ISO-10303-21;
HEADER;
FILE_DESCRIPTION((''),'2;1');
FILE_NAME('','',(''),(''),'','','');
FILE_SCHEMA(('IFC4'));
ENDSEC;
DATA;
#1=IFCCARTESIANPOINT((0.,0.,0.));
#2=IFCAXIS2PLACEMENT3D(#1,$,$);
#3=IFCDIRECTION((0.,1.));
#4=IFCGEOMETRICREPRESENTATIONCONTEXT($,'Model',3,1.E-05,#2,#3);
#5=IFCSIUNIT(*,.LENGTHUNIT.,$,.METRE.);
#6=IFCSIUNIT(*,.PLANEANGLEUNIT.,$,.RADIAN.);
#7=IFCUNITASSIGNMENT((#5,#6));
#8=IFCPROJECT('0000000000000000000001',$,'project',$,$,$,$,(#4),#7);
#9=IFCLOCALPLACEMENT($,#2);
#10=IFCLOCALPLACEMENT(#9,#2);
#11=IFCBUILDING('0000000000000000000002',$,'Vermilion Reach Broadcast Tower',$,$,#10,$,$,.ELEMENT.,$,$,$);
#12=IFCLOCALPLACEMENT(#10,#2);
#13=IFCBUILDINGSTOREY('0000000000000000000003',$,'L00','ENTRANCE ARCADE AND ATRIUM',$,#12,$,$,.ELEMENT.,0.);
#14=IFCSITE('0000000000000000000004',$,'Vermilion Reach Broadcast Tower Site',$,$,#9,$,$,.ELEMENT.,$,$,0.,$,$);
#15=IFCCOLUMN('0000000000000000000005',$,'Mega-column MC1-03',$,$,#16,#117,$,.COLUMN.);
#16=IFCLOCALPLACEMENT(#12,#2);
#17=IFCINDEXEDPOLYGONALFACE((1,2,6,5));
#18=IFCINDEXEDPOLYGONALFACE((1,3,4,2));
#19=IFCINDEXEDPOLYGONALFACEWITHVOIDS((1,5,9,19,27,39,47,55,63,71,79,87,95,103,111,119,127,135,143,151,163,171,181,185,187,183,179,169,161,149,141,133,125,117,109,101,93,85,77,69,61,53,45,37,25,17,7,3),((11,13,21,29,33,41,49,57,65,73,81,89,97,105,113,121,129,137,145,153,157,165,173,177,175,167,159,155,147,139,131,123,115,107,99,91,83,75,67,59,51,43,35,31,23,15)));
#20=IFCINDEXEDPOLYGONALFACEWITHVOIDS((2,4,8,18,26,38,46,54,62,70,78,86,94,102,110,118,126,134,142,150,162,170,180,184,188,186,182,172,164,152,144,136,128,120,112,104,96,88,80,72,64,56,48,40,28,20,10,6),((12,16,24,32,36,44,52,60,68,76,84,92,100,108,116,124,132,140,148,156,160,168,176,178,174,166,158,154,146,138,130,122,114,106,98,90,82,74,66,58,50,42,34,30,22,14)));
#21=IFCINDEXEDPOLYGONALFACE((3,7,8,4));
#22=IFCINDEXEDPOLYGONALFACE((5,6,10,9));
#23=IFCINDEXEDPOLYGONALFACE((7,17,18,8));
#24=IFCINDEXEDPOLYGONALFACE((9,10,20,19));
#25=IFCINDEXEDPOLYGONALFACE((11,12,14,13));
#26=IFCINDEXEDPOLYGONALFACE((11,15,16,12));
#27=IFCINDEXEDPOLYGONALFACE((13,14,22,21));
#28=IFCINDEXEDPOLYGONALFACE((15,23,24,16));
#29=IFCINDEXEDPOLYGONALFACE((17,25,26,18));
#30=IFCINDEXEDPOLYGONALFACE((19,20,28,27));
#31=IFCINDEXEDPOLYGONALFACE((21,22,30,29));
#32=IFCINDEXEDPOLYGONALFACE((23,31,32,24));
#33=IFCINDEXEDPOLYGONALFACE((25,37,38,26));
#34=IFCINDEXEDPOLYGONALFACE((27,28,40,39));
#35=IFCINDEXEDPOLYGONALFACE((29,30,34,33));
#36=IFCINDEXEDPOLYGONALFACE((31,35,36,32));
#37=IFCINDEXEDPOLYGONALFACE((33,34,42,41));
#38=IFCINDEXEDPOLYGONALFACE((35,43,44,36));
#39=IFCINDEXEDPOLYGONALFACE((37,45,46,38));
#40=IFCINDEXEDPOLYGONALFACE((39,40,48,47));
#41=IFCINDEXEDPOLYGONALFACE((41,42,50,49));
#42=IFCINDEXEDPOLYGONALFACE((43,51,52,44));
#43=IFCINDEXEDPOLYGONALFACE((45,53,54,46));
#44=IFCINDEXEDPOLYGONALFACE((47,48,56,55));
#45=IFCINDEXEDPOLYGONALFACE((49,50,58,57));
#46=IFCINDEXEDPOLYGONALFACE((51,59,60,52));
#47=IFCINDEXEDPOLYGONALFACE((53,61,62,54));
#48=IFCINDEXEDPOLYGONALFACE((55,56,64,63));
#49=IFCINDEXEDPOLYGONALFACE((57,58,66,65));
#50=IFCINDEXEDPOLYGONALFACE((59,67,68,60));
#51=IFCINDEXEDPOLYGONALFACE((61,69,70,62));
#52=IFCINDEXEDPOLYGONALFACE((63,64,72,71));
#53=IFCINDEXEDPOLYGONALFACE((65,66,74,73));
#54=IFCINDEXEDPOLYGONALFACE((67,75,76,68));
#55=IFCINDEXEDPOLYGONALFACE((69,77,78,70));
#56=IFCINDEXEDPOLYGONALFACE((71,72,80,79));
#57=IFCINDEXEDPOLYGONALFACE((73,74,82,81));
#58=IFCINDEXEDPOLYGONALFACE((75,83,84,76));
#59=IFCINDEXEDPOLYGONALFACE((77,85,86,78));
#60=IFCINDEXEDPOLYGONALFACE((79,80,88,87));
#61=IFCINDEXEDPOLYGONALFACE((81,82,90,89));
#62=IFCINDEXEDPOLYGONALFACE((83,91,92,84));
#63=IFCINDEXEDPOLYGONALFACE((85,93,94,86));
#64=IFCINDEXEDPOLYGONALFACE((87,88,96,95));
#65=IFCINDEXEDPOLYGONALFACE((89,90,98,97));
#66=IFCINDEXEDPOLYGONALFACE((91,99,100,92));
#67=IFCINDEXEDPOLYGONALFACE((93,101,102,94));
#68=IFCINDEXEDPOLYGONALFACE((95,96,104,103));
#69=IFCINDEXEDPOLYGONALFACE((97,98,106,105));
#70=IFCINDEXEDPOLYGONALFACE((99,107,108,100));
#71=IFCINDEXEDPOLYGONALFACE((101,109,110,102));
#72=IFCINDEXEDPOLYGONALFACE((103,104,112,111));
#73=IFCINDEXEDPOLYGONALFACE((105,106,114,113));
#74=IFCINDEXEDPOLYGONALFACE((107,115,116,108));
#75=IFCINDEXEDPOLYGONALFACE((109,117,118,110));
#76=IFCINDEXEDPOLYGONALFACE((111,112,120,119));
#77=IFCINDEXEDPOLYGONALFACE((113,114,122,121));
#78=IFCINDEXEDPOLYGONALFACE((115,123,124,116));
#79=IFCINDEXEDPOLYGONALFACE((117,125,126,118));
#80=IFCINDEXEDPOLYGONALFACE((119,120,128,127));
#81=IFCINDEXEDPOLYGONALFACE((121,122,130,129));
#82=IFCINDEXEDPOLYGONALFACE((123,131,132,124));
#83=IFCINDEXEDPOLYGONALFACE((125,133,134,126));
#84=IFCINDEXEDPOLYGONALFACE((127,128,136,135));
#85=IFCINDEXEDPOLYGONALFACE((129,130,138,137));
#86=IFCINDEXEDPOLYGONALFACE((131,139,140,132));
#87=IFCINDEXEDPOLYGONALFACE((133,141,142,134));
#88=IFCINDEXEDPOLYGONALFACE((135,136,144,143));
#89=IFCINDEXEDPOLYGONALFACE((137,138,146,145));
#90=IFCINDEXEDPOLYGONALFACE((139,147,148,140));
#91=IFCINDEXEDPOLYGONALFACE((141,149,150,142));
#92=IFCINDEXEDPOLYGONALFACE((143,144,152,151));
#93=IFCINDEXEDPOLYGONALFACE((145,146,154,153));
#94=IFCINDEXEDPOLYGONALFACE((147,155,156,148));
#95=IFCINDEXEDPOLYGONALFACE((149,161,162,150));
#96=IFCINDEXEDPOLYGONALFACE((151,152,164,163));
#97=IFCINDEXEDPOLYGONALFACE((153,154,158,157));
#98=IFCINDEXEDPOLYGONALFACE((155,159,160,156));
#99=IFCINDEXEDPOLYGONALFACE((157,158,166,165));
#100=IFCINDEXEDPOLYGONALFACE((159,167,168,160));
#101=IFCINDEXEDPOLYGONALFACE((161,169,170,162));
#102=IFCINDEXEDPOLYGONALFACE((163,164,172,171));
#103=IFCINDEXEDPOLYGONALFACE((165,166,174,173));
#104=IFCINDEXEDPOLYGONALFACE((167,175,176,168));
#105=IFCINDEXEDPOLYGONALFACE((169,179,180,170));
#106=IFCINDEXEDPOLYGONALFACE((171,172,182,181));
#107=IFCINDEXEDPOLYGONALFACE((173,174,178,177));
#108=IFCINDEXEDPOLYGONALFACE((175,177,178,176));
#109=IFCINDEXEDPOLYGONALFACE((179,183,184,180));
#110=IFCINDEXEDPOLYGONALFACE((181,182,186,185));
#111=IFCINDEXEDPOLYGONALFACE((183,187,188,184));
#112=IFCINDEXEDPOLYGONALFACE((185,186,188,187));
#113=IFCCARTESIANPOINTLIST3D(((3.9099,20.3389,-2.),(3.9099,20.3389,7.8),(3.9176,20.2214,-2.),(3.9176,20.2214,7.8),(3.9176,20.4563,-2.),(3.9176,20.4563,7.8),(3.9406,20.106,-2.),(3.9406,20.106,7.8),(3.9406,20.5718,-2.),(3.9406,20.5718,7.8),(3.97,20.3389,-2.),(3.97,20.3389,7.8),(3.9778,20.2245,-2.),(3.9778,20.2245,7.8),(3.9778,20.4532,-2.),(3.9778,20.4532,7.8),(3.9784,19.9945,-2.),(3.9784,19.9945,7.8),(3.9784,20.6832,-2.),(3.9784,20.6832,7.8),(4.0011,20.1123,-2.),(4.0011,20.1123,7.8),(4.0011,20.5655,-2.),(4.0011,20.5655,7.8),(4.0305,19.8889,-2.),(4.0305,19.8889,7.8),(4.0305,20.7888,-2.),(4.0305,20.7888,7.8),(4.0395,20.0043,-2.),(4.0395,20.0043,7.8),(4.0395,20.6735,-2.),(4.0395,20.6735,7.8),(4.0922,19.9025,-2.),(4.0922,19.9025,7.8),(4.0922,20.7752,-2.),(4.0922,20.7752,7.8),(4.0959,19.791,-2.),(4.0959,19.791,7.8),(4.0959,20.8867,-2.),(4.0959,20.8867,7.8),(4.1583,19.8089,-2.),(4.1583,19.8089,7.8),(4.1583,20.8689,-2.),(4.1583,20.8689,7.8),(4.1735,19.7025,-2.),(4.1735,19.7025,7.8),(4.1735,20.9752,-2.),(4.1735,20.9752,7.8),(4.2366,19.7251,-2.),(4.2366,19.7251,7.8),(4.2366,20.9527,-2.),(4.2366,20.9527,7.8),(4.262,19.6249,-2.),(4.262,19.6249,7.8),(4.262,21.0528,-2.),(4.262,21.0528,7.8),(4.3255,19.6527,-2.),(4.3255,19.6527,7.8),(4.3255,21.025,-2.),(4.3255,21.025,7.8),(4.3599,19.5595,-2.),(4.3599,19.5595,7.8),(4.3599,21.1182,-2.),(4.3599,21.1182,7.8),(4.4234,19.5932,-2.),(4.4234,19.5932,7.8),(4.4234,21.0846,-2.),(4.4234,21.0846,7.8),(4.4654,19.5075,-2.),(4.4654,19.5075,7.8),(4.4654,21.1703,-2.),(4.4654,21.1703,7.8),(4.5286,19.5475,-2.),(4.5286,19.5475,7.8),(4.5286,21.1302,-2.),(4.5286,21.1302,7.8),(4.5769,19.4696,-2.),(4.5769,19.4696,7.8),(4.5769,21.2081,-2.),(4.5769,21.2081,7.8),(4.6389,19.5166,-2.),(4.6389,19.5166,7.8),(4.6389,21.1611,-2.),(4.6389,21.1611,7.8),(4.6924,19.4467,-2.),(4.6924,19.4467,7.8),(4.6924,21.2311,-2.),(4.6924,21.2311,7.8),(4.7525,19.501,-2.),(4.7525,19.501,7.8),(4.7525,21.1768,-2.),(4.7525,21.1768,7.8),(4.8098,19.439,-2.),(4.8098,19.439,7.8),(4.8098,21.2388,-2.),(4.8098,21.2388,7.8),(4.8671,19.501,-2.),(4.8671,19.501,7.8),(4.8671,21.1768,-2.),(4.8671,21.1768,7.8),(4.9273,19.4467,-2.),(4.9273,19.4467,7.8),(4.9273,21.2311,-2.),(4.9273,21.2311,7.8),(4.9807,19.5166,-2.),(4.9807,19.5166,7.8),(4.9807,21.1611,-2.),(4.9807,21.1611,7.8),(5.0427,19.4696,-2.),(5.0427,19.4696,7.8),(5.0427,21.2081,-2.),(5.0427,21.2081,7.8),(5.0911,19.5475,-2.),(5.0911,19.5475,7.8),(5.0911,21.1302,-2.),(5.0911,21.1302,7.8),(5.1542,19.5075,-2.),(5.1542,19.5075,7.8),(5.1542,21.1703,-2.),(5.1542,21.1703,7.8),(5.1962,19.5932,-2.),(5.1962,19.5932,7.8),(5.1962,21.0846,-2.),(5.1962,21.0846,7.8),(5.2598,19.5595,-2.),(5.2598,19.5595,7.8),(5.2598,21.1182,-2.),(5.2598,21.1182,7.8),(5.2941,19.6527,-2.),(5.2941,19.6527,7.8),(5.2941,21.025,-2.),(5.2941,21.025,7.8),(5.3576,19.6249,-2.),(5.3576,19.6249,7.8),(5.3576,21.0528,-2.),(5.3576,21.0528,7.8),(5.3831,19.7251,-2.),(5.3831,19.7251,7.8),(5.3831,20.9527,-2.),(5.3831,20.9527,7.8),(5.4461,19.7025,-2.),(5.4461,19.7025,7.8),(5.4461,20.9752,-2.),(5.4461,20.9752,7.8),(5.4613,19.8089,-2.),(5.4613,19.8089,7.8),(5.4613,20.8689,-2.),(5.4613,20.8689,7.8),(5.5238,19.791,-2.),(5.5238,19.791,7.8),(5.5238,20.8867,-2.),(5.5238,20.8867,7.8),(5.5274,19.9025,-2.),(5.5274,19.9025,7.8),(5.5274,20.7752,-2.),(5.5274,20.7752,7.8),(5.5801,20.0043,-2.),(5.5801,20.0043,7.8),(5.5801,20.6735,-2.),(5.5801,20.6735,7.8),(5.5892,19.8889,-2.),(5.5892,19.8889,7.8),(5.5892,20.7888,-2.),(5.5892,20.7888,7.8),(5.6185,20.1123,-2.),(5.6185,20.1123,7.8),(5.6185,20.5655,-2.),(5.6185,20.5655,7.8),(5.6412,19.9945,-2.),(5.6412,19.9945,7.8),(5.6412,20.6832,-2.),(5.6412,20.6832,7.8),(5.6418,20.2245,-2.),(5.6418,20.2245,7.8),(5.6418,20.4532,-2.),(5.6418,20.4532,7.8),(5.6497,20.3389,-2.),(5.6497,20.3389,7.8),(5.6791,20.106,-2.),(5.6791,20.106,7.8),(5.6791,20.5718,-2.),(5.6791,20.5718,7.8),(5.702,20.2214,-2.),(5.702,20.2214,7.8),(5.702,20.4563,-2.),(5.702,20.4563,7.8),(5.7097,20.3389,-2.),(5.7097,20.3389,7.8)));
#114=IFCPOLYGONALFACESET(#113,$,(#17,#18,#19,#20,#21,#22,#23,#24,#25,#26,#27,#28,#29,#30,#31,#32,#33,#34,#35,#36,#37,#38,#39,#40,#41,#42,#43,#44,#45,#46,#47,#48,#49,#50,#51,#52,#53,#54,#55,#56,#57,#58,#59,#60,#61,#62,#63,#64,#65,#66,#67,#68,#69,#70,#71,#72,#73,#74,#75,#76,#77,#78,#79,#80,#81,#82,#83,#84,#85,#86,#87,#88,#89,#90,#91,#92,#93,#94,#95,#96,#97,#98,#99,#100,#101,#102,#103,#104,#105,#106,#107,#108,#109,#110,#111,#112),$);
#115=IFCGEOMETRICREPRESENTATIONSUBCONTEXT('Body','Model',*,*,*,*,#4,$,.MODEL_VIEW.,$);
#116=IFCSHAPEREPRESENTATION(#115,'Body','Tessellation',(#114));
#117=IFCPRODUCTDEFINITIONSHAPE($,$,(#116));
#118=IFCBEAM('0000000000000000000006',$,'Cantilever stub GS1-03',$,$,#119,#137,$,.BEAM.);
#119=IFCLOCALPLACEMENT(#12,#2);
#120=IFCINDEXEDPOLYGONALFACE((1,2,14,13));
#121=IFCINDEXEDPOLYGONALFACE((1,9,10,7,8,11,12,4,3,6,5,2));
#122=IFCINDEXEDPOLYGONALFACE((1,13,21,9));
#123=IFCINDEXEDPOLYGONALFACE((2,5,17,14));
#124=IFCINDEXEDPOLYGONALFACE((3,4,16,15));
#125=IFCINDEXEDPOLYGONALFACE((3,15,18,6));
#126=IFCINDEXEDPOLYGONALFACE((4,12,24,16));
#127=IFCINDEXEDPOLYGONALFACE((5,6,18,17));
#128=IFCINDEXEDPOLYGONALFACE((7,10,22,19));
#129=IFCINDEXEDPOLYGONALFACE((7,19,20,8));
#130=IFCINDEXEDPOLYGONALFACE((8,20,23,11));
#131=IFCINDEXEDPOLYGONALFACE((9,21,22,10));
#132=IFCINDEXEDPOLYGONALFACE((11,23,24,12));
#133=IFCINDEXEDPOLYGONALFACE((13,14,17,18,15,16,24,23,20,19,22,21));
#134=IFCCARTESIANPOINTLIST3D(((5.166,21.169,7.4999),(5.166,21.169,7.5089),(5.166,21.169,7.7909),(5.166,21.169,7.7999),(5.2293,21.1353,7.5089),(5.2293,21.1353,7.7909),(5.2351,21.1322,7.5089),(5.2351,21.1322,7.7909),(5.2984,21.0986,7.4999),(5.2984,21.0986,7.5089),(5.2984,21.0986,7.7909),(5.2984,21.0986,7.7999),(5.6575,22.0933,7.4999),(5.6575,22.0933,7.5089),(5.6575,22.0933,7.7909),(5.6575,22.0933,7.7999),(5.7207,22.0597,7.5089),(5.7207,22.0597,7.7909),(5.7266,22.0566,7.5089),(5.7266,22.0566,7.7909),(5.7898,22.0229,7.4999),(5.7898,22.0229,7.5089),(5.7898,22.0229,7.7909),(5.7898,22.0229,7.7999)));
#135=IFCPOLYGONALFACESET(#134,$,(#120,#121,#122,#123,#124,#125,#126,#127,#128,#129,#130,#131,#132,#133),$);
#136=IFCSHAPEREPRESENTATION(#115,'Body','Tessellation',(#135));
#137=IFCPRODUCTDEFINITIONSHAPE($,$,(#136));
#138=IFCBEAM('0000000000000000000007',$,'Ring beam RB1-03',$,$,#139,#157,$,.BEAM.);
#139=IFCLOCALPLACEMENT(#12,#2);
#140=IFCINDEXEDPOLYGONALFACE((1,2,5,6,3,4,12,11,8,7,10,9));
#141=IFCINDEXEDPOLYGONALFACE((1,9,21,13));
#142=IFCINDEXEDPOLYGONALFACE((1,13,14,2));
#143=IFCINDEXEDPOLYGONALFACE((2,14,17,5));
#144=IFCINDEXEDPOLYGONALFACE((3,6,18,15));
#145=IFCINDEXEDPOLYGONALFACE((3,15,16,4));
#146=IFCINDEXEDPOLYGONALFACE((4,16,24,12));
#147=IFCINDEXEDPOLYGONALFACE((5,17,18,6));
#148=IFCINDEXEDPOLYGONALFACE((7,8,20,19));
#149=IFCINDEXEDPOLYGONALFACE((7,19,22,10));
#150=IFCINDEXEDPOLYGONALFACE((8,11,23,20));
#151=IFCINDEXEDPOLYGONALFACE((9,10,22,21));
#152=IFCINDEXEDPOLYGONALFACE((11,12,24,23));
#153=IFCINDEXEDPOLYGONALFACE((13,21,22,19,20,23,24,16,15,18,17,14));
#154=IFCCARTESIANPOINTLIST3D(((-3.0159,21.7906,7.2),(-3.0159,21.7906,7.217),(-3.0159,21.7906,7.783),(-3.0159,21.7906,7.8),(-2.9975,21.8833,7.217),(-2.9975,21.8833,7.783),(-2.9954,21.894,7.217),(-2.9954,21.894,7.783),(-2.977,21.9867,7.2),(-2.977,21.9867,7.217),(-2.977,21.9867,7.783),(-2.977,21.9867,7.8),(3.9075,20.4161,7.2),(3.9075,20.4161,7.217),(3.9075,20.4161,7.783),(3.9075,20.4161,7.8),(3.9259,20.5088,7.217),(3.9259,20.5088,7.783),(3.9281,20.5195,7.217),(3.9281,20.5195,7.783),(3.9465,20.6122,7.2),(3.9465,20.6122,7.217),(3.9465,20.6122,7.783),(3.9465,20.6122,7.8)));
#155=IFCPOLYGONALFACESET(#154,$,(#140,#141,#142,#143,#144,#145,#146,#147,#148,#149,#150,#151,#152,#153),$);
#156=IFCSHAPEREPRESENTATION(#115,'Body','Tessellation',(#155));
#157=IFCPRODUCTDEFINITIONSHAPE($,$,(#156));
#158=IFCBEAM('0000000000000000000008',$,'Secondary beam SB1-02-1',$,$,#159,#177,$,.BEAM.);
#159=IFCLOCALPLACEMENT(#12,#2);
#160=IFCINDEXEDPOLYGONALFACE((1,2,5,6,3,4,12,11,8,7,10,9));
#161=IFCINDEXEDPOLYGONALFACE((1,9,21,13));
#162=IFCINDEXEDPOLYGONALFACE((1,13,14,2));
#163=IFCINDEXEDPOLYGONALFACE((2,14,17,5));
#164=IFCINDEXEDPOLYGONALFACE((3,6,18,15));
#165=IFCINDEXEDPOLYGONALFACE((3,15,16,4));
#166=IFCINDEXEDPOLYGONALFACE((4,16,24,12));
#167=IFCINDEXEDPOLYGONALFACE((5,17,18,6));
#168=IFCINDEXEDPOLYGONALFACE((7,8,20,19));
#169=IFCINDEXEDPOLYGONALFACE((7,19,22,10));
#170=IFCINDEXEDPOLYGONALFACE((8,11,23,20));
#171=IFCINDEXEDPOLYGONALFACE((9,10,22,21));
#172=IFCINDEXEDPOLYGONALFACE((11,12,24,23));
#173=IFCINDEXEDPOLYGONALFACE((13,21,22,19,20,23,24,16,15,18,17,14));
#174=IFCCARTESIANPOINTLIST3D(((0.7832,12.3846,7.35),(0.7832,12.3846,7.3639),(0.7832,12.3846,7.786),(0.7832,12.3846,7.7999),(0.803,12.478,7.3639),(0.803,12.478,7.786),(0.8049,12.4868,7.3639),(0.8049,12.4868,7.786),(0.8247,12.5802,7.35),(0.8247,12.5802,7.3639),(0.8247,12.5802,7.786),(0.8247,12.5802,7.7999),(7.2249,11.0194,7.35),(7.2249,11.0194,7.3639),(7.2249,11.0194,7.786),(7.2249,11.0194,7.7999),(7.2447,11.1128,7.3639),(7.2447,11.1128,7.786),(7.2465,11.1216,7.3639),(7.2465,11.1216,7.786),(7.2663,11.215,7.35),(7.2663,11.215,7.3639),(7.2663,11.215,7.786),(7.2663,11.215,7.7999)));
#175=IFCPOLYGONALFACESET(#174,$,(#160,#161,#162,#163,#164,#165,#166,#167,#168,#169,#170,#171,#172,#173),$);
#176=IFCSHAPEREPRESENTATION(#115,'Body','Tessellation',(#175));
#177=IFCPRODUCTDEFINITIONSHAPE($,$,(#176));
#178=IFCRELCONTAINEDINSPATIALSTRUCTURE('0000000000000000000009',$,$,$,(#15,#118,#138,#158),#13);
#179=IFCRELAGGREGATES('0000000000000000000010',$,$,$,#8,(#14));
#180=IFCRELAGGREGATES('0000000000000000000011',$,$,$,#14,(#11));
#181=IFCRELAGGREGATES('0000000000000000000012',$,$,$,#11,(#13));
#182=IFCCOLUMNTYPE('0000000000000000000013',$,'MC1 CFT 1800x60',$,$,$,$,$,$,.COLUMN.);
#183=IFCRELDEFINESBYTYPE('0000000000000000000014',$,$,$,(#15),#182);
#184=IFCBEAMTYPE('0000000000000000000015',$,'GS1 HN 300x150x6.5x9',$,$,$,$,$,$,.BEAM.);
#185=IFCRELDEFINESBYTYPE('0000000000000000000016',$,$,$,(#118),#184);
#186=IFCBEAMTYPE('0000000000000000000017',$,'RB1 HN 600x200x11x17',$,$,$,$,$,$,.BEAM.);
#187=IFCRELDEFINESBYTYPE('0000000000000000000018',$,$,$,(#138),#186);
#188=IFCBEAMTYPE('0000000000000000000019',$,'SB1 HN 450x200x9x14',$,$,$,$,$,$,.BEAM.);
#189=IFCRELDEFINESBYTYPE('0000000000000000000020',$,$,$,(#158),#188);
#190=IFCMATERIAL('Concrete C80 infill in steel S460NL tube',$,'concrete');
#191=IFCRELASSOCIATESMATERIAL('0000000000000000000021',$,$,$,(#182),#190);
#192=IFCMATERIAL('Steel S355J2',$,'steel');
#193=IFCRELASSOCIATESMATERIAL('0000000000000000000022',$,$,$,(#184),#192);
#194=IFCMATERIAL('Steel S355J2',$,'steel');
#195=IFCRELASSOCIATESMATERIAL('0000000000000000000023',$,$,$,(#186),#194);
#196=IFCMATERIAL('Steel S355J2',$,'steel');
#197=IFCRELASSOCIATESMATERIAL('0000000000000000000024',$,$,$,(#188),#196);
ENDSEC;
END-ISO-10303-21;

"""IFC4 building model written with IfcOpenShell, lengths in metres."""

from ifc_helpers import new_model, si_unit, direction, frame, origin, origin_2d, place, context, subcontext, project, spatial, hollow_circle, i_section, extrude, material, material_profile, profile_set, type_object, element, save


model = new_model("IFC4")

# Units and contexts
model_context = context("Model", 3, precision=1e-05, world=origin(), true_north=direction((0.0, 1.0)))
body_context = subcontext(model_context, "Body", "Model", "MODEL_VIEW")
ifc_project = project(units=[si_unit("LENGTHUNIT", "METRE"), si_unit("PLANEANGLEUNIT", "RADIAN")], contexts=[model_context])

# Site, building, storey
site_placement = place(None, origin())
site = spatial("IfcSite", under=ifc_project, at=site_placement, Name="Vermilion Reach Broadcast Tower Site", CompositionType="ELEMENT", RefElevation=0.0)
building_placement = place(site_placement, origin())
building = spatial("IfcBuilding", under=site, at=building_placement, Name="Vermilion Reach Broadcast Tower", CompositionType="ELEMENT")
storey_placement = place(building_placement, origin())
storey = spatial("IfcBuildingStorey", under=building, at=storey_placement, Name="L00", Description="ENTRANCE ARCADE AND ATRIUM", CompositionType="ELEMENT", Elevation=0.0)

# Column
ifc_material_1 = material(Name="Concrete C80 infill in steel S460NL tube", Category="concrete")
ifc_material_profile_1 = material_profile(ifc_material_1, hollow_circle(Radius=0.8999, WallThickness=0.0601, at=origin_2d()), Name="Concrete C80 infill in steel S460NL tube CFT 1800x60")
ifc_profile_set_1 = profile_set([ifc_material_profile_1], Name="Concrete C80 infill in steel S460NL tube")
column_type = type_object("IfcColumnType", Name="MC1 CFT 1800x60", PredefinedType="COLUMN", material=ifc_profile_set_1)
column_placement = place(storey_placement, frame((4.8098, 20.3389, -2.0), z_axis=(0.0, 0.0, 1.0), x_axis=(1.0, 0.0, 0.0)))
element("IfcColumn", 1, at=column_placement, inside=storey, type_object=column_type, Name="Mega-column MC1-03", PredefinedType="COLUMN", context=body_context, shape_type="SweptSolid", body=[
    extrude(hollow_circle(Radius=0.8999, WallThickness=0.0601, at=origin_2d()), origin(), (0.0, 0.0, 1.0), 9.8),
])

# Beams
ifc_material_2 = material(Name="Steel S355J2", Category="steel")
ifc_material_profile_2 = material_profile(ifc_material_2, i_section(OverallWidth=0.1499, OverallDepth=0.3, WebThickness=0.0066, FlangeThickness=0.009, at=origin_2d()), Name="S355J2 HN 300x150x6.5x9")
ifc_profile_set_2 = profile_set([ifc_material_profile_2], Name="Steel S355J2")
beam_type_1 = type_object("IfcBeamType", Name="GS1 HN 300x150x6.5x9", PredefinedType="BEAM", material=ifc_profile_set_2)
beam_1_placement = place(storey_placement, frame((5.2322, 21.1338, 7.6499), z_axis=(0.469462, 0.882953, 0.0), x_axis=(-0.882953, 0.469462, 0.0)))
element("IfcBeam", 2, at=beam_1_placement, inside=storey, type_object=beam_type_1, Name="Cantilever stub GS1-03", PredefinedType="BEAM", context=body_context, shape_type="SweptSolid", body=[
    extrude(i_section(OverallWidth=0.1499, OverallDepth=0.3, WebThickness=0.0066, FlangeThickness=0.009, at=origin_2d()), origin(), (0.0, 0.0, 1.0), 1.0469),
])
ifc_material_3 = material(Name="Steel S355J2", Category="steel")
ifc_material_profile_3 = material_profile(ifc_material_3, i_section(OverallWidth=0.2, OverallDepth=0.6001, WebThickness=0.011, FlangeThickness=0.0171, at=origin_2d()), Name="S355J2 HN 600x200x11x17")
ifc_profile_set_3 = profile_set([ifc_material_profile_3], Name="Steel S355J2")
beam_type_2 = type_object("IfcBeamType", Name="RB1 HN 600x200x11x17", PredefinedType="BEAM", material=ifc_profile_set_3)
beam_2_placement = place(storey_placement, frame((3.927, 20.5142, 7.5), z_axis=(-0.980858, 0.194726, 0.0), x_axis=(-0.194726, -0.980858, 0.0)))
element("IfcBeam", 3, at=beam_2_placement, inside=storey, type_object=beam_type_2, Name="Ring beam RB1-03", PredefinedType="BEAM", context=body_context, shape_type="SweptSolid", body=[
    extrude(i_section(OverallWidth=0.2, OverallDepth=0.6001, WebThickness=0.011, FlangeThickness=0.0171, at=origin_2d()), origin(), (0.0, 0.0, 1.0), 7.0586),
])
ifc_material_4 = material(Name="Steel S355J2", Category="steel")
ifc_material_profile_4 = material_profile(ifc_material_4, i_section(OverallWidth=0.2, OverallDepth=0.45, WebThickness=0.009, FlangeThickness=0.0139, at=origin_2d()), Name="S355J2 HN 450x200x9x14")
ifc_profile_set_4 = profile_set([ifc_material_profile_4], Name="Steel S355J2")
beam_type_3 = type_object("IfcBeamType", Name="SB1 HN 450x200x9x14", PredefinedType="BEAM", material=ifc_profile_set_4)
beam_3_placement = place(storey_placement, frame((7.2456, 11.1172, 7.575), z_axis=(-0.97827, 0.207333, 0.0), x_axis=(-0.207333, -0.97827, 0.0)))
element("IfcBeam", 4, at=beam_3_placement, inside=storey, type_object=beam_type_3, Name="Secondary beam SB1-02-1", PredefinedType="BEAM", context=body_context, shape_type="SweptSolid", body=[
    extrude(i_section(OverallWidth=0.2, OverallDepth=0.45, WebThickness=0.009, FlangeThickness=0.0139, at=origin_2d()), origin(), (0.0, 0.0, 1.0), 6.5847),
])

save(model, "model.ifc")
